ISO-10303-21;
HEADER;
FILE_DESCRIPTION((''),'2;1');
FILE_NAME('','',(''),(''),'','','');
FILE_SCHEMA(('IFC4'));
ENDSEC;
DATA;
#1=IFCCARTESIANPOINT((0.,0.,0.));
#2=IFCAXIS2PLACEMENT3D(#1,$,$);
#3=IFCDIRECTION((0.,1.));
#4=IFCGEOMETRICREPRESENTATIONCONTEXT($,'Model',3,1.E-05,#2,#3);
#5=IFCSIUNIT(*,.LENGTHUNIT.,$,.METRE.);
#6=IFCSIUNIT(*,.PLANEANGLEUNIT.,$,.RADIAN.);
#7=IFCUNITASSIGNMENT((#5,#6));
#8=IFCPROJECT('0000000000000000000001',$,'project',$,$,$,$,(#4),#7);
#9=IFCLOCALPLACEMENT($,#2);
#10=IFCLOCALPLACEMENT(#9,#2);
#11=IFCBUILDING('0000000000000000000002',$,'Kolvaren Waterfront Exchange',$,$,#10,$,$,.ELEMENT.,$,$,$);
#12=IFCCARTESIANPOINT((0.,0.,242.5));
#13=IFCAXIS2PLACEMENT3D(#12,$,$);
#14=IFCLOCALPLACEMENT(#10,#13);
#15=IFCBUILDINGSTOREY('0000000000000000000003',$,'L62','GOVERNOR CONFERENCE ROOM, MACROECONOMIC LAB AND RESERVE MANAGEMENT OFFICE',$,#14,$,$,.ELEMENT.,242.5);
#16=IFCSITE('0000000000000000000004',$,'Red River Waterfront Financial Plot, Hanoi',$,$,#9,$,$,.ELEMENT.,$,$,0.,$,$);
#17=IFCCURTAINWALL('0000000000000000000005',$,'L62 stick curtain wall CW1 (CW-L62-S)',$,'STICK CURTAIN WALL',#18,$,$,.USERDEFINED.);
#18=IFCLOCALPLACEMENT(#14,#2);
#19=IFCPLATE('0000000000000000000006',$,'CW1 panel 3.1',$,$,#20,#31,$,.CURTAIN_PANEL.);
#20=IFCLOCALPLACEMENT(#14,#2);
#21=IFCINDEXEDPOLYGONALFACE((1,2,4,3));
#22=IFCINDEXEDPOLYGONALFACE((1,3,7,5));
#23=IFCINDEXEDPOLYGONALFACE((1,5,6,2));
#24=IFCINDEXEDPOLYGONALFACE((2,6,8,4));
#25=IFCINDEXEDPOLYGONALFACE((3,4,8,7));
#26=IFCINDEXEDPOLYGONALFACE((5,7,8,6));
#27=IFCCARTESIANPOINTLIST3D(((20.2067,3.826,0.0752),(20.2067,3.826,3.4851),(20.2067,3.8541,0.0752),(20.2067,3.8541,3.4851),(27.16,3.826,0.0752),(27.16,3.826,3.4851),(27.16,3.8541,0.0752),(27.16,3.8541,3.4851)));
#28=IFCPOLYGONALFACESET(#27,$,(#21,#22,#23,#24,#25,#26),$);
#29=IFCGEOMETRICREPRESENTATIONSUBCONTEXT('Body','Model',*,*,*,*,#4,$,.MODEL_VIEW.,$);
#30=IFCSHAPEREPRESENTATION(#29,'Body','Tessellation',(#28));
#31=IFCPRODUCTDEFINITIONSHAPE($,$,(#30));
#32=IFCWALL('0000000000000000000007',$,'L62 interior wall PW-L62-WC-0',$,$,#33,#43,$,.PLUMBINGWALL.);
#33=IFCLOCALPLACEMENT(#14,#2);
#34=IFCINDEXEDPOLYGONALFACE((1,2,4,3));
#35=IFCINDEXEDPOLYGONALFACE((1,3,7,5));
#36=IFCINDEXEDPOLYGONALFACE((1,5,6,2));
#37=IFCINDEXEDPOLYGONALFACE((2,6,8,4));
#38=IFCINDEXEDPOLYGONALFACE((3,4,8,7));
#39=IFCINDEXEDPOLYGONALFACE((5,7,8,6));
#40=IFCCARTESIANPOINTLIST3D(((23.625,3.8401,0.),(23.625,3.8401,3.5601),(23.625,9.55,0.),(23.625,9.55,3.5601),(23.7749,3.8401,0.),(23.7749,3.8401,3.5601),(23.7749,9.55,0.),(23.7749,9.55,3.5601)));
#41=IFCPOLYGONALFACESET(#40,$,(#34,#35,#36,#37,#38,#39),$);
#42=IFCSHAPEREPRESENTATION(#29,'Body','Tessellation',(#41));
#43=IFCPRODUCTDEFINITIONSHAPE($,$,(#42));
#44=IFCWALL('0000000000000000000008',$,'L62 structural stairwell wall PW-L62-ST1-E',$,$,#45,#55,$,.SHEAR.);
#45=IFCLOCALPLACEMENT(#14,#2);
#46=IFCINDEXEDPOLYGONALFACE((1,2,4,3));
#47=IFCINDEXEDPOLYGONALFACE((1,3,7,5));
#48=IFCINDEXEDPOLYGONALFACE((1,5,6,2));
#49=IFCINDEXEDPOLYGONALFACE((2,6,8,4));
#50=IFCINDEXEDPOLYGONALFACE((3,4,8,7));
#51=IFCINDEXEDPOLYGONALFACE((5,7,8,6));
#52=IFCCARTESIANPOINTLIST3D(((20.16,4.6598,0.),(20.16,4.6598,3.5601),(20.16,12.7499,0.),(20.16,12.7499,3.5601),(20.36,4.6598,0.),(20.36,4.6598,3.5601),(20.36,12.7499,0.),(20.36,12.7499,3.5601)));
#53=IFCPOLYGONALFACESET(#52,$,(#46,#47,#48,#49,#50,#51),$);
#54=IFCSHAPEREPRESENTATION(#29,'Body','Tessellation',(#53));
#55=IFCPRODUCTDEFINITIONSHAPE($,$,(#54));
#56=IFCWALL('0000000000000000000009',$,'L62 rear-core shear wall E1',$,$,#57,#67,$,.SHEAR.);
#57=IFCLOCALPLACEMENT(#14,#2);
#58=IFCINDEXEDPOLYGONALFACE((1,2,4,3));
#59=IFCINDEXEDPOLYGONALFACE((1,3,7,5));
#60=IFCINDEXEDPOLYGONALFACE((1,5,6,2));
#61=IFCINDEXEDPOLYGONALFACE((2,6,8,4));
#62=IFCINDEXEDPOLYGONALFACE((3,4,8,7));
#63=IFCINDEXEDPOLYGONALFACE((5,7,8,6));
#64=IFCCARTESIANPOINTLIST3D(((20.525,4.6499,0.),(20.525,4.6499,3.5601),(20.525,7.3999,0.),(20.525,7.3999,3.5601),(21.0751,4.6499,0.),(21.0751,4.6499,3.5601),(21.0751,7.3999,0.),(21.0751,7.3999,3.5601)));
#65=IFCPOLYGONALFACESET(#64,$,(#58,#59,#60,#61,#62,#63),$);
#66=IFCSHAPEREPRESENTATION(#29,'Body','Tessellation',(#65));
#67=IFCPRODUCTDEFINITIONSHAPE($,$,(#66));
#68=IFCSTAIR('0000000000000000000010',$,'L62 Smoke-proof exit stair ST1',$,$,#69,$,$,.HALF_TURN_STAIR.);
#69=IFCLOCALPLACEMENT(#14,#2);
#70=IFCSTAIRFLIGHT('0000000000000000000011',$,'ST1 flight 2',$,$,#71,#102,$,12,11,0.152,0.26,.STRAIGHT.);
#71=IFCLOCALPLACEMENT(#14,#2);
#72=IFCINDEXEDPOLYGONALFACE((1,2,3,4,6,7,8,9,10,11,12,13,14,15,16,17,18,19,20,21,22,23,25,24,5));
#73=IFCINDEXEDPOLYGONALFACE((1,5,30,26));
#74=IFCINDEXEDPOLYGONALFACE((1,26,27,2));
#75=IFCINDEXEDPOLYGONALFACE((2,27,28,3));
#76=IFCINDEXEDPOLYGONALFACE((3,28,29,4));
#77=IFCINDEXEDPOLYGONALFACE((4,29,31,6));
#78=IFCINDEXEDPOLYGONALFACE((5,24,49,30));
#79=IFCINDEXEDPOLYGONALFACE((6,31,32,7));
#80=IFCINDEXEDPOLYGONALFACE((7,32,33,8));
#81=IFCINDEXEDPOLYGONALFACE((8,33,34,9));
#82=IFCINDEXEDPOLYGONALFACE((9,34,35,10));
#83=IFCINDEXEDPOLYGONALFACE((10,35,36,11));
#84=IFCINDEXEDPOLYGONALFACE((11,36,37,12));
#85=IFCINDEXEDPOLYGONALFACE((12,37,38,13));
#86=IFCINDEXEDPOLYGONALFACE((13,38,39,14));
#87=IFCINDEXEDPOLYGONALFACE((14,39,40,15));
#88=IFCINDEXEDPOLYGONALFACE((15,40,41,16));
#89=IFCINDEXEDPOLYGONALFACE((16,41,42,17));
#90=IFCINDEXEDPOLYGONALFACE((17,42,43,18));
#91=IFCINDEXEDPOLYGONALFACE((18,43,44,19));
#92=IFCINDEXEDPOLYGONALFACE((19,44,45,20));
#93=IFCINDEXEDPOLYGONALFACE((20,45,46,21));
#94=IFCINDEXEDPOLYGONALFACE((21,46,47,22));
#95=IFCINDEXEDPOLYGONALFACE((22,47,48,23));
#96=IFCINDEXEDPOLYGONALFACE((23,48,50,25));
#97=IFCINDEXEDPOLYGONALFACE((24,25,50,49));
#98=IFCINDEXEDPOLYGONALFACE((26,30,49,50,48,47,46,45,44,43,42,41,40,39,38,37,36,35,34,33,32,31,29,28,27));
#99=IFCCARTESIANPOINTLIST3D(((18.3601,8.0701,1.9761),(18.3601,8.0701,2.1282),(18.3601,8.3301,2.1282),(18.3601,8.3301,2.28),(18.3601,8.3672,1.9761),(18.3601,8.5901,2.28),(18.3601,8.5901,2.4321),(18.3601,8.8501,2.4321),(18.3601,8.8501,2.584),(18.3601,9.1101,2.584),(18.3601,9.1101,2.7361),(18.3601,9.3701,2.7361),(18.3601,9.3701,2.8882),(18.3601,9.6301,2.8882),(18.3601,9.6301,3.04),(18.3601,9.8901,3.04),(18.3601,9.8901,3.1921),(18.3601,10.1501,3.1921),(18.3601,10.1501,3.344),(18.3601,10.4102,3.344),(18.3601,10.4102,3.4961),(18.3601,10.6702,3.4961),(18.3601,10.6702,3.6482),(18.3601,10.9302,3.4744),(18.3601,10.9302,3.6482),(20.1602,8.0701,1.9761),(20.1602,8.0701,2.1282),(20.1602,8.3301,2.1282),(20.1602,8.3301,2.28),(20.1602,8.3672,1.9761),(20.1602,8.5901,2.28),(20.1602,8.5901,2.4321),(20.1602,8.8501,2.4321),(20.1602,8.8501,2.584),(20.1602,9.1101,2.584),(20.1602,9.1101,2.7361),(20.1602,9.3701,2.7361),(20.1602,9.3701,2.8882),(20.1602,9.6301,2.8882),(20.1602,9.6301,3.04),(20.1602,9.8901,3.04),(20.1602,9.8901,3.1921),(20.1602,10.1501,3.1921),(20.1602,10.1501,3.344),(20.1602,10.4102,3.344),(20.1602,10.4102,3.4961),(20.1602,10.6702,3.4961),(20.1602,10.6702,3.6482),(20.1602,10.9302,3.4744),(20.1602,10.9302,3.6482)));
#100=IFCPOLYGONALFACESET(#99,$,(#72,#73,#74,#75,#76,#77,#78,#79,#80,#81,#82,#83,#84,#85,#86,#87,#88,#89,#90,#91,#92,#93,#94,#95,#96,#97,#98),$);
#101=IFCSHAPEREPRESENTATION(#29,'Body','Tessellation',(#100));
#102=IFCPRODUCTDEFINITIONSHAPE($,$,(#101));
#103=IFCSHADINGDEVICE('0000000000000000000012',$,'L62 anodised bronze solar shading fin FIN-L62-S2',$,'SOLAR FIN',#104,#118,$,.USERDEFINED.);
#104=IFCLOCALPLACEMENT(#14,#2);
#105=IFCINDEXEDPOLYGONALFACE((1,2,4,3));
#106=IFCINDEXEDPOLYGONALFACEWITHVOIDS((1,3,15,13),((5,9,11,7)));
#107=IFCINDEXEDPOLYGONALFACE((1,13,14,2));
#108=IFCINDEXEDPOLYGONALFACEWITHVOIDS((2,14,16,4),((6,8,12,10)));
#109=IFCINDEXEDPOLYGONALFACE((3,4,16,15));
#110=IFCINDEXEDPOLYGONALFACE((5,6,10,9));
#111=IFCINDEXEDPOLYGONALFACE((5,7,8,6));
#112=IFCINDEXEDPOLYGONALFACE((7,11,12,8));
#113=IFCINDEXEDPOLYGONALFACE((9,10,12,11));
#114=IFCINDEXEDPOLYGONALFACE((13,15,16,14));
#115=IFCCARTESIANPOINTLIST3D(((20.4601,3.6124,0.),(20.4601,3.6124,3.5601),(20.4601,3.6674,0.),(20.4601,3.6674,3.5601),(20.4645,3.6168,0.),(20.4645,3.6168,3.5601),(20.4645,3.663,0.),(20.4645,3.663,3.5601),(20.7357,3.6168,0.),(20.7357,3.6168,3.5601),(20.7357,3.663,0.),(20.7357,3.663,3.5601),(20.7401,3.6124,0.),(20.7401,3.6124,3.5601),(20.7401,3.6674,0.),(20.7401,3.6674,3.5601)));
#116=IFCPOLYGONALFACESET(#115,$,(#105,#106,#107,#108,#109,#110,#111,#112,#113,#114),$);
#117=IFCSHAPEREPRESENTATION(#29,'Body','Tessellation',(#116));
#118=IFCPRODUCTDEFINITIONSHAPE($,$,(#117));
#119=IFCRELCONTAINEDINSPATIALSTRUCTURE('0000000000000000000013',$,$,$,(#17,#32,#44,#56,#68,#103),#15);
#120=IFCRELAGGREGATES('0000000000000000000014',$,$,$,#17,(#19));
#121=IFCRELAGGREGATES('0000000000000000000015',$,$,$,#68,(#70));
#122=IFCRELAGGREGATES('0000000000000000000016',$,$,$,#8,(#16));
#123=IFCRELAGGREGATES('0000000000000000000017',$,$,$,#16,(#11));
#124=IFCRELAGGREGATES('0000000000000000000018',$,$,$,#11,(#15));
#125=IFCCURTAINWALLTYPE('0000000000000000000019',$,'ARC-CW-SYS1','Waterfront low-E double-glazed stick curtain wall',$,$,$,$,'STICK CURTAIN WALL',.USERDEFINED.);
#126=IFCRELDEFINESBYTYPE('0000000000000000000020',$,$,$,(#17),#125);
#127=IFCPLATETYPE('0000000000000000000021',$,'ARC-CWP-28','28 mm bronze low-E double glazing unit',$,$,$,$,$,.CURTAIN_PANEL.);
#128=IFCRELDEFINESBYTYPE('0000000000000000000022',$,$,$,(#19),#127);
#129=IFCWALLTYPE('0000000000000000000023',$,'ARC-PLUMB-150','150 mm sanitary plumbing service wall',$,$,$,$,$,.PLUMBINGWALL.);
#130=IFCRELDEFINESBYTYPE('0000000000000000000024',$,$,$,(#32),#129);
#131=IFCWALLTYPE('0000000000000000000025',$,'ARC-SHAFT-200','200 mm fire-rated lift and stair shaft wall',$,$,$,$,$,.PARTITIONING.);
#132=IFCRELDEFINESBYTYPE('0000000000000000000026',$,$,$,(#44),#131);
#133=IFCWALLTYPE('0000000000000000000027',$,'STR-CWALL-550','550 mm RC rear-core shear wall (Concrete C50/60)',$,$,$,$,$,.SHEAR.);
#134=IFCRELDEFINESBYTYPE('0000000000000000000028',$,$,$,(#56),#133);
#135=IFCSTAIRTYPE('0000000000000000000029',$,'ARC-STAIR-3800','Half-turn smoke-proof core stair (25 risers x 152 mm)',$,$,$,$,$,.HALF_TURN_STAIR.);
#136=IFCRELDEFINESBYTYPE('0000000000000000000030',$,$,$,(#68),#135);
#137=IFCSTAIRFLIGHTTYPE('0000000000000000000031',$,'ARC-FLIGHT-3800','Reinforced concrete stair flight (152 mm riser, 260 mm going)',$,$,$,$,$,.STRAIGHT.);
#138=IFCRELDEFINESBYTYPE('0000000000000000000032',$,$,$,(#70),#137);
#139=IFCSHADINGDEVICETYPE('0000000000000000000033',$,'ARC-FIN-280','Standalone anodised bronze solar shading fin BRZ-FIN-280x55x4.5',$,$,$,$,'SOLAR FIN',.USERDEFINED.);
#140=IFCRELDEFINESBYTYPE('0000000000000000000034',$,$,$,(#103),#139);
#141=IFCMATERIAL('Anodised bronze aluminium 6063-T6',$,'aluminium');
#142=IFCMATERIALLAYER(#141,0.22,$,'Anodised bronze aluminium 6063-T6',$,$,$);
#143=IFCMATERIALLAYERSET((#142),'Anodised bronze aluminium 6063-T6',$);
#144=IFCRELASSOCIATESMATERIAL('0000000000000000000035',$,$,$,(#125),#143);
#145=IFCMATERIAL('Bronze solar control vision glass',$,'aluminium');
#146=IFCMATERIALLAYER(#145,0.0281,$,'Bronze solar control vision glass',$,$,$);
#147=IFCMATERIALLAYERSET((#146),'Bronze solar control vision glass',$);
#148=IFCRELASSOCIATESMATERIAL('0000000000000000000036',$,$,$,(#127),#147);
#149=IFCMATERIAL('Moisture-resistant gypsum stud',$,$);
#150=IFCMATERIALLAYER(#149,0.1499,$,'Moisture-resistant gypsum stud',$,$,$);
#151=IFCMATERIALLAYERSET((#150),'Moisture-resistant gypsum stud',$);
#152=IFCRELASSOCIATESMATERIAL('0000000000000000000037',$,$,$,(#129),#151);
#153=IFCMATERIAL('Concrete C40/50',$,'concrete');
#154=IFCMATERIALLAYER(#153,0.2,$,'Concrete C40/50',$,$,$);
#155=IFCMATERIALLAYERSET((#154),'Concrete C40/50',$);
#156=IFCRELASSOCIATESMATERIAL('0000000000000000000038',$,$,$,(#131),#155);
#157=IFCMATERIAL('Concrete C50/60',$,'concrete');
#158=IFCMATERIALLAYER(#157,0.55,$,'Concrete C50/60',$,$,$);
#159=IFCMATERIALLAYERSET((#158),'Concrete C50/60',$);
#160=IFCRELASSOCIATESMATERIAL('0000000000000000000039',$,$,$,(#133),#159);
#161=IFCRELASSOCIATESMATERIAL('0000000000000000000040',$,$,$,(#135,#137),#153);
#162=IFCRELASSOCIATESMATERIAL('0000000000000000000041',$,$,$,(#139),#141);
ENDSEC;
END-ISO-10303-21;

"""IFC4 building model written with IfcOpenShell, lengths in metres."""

from ifc_helpers import new_model, si_unit, direction, frame, frame_2d, origin, origin_with_axes, origin_2d, place, context, subcontext, project, spatial, polyline, rectangle, hollow_rectangle, outline, extrude, source, transform, mapped, material, layer, layer_set, material_profile, profile_set, type_object, element, aggregate, save


model = new_model("IFC4")

# Units and contexts
model_context = context("Model", 3, precision=1e-05, world=origin(), true_north=direction((0.0, 1.0)))
body_context = subcontext(model_context, "Body", "Model", "MODEL_VIEW")
ifc_project = project(units=[si_unit("LENGTHUNIT", "METRE"), si_unit("PLANEANGLEUNIT", "RADIAN")], contexts=[model_context])

# Site, building, storey
site_placement = place(None, origin())
site = spatial("IfcSite", under=ifc_project, at=site_placement, Name="Red River Waterfront Financial Plot, Hanoi", CompositionType="ELEMENT", RefElevation=0.0)
building_placement = place(site_placement, origin())
building = spatial("IfcBuilding", under=site, at=building_placement, Name="Kolvaren Waterfront Exchange", CompositionType="ELEMENT")
storey_placement = place(building_placement, frame((0.0, 0.0, 242.5)))
storey = spatial("IfcBuildingStorey", under=building, at=storey_placement, Name="L62", Description="GOVERNOR CONFERENCE ROOM, MACROECONOMIC LAB AND RESERVE MANAGEMENT OFFICE", CompositionType="ELEMENT", Elevation=242.5)

# Shared definitions
ifc_material_1 = material(Name="Concrete C50/60", Category="concrete")

# Curtain wall, plate
ifc_material_2 = material(Name="Anodised bronze aluminium 6063-T6", Category="aluminium")
ifc_layer_1 = layer(ifc_material_2, 0.22, Name="Anodised bronze aluminium 6063-T6")
ifc_layer_set_1 = layer_set([ifc_layer_1], Name="Anodised bronze aluminium 6063-T6")
curtain_wall_type = type_object("IfcCurtainWallType", Name="ARC-CW-SYS1", Description="Waterfront low-E double-glazed stick curtain wall", ElementType="STICK CURTAIN WALL", PredefinedType="USERDEFINED", material=ifc_layer_set_1)
curtain_wall_placement = place(storey_placement, origin())
curtain_wall = element("IfcCurtainWall", 1, at=curtain_wall_placement, inside=storey, type_object=curtain_wall_type, Name="L62 stick curtain wall CW1 (CW-L62-S)", ObjectType="STICK CURTAIN WALL", PredefinedType="USERDEFINED")
ifc_material_3 = material(Name="Bronze solar control vision glass", Category="aluminium")
ifc_layer_2 = layer(ifc_material_3, 0.0281, Name="Bronze solar control vision glass")
ifc_layer_set_2 = layer_set([ifc_layer_2], Name="Bronze solar control vision glass")
plate_type = type_object("IfcPlateType", Name="ARC-CWP-28", Description="28 mm bronze low-E double glazing unit", PredefinedType="CURTAIN_PANEL", material=ifc_layer_set_2)
shared_shape_1 = source(origin_with_axes(), body_context, "Body", "SweptSolid", [
    extrude(rectangle(XDim=6.9534, YDim=0.0281, at=origin_2d()), origin(), (0.0, 0.0, 1.0), 3.4099),
])
plate_placement = place(storey_placement, frame((23.6833, 3.8401, 0.0752), z_axis=(0.0, 0.0, 1.0), x_axis=(1.0, 0.0, 0.0)))
plate = element("IfcPlate", 2, at=plate_placement, type_object=plate_type, Name="CW1 panel 3.1", PredefinedType="CURTAIN_PANEL", context=body_context, shape_type="MappedRepresentation", body=[
    mapped(shared_shape_1, transform((0.0, 0.0, 0.0), x_axis=(1.0, 0.0, 0.0), y_axis=(0.0, 1.0, 0.0), z_axis=(0.0, 0.0, 1.0), scale=1.0)),
])
aggregate(curtain_wall, [plate])

# Wall
ifc_material_4 = material(Name="Moisture-resistant gypsum stud")
ifc_layer_3 = layer(ifc_material_4, 0.1499, Name="Moisture-resistant gypsum stud")
ifc_layer_set_3 = layer_set([ifc_layer_3], Name="Moisture-resistant gypsum stud")
wall_type_1 = type_object("IfcWallType", Name="ARC-PLUMB-150", Description="150 mm sanitary plumbing service wall", PredefinedType="PLUMBINGWALL", material=ifc_layer_set_3)
wall_1_placement = place(storey_placement, frame((23.7, 3.8401, 0.0), z_axis=(0.0, 0.0, 1.0), x_axis=(0.0, 1.0, 0.0)))
element("IfcWall", 3, at=wall_1_placement, inside=storey, type_object=wall_type_1, Name="L62 interior wall PW-L62-WC-0", PredefinedType="PLUMBINGWALL", context=body_context, shape_type="SweptSolid", body=[
    extrude(rectangle(XDim=5.71, YDim=0.1499, at=frame_2d((2.855, 0.0))), origin(), (0.0, 0.0, 1.0), 3.5601),
])

# Walls
ifc_material_5 = material(Name="Concrete C40/50", Category="concrete")
ifc_layer_4 = layer(ifc_material_5, 0.2, Name="Concrete C40/50")
ifc_layer_set_4 = layer_set([ifc_layer_4], Name="Concrete C40/50")
wall_type_2 = type_object("IfcWallType", Name="ARC-SHAFT-200", Description="200 mm fire-rated lift and stair shaft wall", PredefinedType="PARTITIONING", material=ifc_layer_set_4)
wall_2_placement = place(storey_placement, frame((20.26, 4.6599, 0.0), z_axis=(0.0, 0.0, 1.0), x_axis=(0.0, 1.0, 0.0)))
element("IfcWall", 4, at=wall_2_placement, inside=storey, type_object=wall_type_2, Name="L62 structural stairwell wall PW-L62-ST1-E", PredefinedType="SHEAR", context=body_context, shape_type="SweptSolid", body=[
    extrude(rectangle(XDim=8.0901, YDim=0.2, at=frame_2d((4.0449, 0.0))), origin(), (0.0, 0.0, 1.0), 3.5601),
])
ifc_layer_5 = layer(ifc_material_1, 0.55, Name="Concrete C50/60")
ifc_layer_set_5 = layer_set([ifc_layer_5], Name="Concrete C50/60")
wall_type_3 = type_object("IfcWallType", Name="STR-CWALL-550", Description="550 mm RC rear-core shear wall (Concrete C50/60)", PredefinedType="SHEAR", material=ifc_layer_set_5)
wall_3_placement = place(storey_placement, frame((20.8, 4.6499, 0.0), z_axis=(0.0, 0.0, 1.0), x_axis=(0.0, 1.0, 0.0)))
element("IfcWall", 5, at=wall_3_placement, inside=storey, type_object=wall_type_3, Name="L62 rear-core shear wall E1", PredefinedType="SHEAR", context=body_context, shape_type="SweptSolid", body=[
    extrude(rectangle(XDim=2.75, YDim=0.55, at=frame_2d((1.375, 0.0))), origin(), (0.0, 0.0, 1.0), 3.5601),
])

# Stair, stair flight
stair_type = type_object("IfcStairType", Name="ARC-STAIR-3800", Description="Half-turn smoke-proof core stair (25 risers x 152 mm)", PredefinedType="HALF_TURN_STAIR", material=ifc_material_5)
stair_placement = place(storey_placement, origin())
stair = element("IfcStair", 6, at=stair_placement, inside=storey, type_object=stair_type, Name="L62 Smoke-proof exit stair ST1", PredefinedType="HALF_TURN_STAIR")
stair_flight_type = type_object("IfcStairFlightType", Name="ARC-FLIGHT-3800", Description="Reinforced concrete stair flight (152 mm riser, 260 mm going)", PredefinedType="STRAIGHT", material=ifc_material_5)
stair_flight_placement = place(storey_placement, frame((19.26, 8.0701, 1.9761), z_axis=(0.0, 0.0, 1.0), x_axis=(0.0, 1.0, 0.0)))
stair_flight = element("IfcStairFlight", 7, at=stair_flight_placement, type_object=stair_flight_type, Name="ST1 flight 2", NumberOfRisers=12, NumberOfTreads=11, PredefinedType="STRAIGHT", RiserHeight=0.152, TreadLength=0.26, context=body_context, shape_type="SweptSolid", body=[
    extrude(outline(polyline([(0.0, 0.0), (0.0, 0.1521), (0.26, 0.1521), (0.26, 0.304), (0.52, 0.304), (0.52, 0.4561), (0.78, 0.4561), (0.78, 0.6079), (1.04, 0.6079), (1.04, 0.76), (1.3, 0.76), (1.3, 0.9121), (1.5601, 0.9121), (1.5601, 1.064), (1.8201, 1.064), (1.8201, 1.2161), (2.0801, 1.2161), (2.0801, 1.3679), (2.3401, 1.3679), (2.3401, 1.52), (2.6001, 1.52), (2.6001, 1.6721), (2.8601, 1.6721), (2.8601, 1.824), (2.8601, 1.4983), (0.2971, 0.0), (0.0, 0.0)])), frame((0.0, 0.8999, 0.0), z_axis=(0.0, -1.0, 0.0), x_axis=(1.0, 0.0, 0.0)), (0.0, 0.0, 1.0), 1.8),
])
aggregate(stair, [stair_flight])

# Shading device
ifc_material_profile_1 = material_profile(ifc_material_2, hollow_rectangle(XDim=0.0549, YDim=0.28, WallThickness=0.0044, at=origin_2d()), Name="BRZ-FIN-280x55x4.5")
ifc_profile_set_1 = profile_set([ifc_material_profile_1], Name="Anodised bronze aluminium 6063-T6")
shading_device_type = type_object("IfcShadingDeviceType", Name="ARC-FIN-280", Description="Standalone anodised bronze solar shading fin BRZ-FIN-280x55x4.5", ElementType="SOLAR FIN", PredefinedType="USERDEFINED", material=ifc_profile_set_1)
shading_device_placement = place(storey_placement, frame((20.6001, 3.6399, 0.0), z_axis=(0.0, 0.0, 1.0), x_axis=(0.0, -1.0, 0.0)))
element("IfcShadingDevice", 8, at=shading_device_placement, inside=storey, type_object=shading_device_type, Name="L62 anodised bronze solar shading fin FIN-L62-S2", ObjectType="SOLAR FIN", PredefinedType="USERDEFINED", context=body_context, shape_type="SweptSolid", body=[
    extrude(hollow_rectangle(XDim=0.0549, YDim=0.28, WallThickness=0.0044, at=origin_2d()), origin(), (0.0, 0.0, 1.0), 3.5601),
])

save(model, "model.ifc")
